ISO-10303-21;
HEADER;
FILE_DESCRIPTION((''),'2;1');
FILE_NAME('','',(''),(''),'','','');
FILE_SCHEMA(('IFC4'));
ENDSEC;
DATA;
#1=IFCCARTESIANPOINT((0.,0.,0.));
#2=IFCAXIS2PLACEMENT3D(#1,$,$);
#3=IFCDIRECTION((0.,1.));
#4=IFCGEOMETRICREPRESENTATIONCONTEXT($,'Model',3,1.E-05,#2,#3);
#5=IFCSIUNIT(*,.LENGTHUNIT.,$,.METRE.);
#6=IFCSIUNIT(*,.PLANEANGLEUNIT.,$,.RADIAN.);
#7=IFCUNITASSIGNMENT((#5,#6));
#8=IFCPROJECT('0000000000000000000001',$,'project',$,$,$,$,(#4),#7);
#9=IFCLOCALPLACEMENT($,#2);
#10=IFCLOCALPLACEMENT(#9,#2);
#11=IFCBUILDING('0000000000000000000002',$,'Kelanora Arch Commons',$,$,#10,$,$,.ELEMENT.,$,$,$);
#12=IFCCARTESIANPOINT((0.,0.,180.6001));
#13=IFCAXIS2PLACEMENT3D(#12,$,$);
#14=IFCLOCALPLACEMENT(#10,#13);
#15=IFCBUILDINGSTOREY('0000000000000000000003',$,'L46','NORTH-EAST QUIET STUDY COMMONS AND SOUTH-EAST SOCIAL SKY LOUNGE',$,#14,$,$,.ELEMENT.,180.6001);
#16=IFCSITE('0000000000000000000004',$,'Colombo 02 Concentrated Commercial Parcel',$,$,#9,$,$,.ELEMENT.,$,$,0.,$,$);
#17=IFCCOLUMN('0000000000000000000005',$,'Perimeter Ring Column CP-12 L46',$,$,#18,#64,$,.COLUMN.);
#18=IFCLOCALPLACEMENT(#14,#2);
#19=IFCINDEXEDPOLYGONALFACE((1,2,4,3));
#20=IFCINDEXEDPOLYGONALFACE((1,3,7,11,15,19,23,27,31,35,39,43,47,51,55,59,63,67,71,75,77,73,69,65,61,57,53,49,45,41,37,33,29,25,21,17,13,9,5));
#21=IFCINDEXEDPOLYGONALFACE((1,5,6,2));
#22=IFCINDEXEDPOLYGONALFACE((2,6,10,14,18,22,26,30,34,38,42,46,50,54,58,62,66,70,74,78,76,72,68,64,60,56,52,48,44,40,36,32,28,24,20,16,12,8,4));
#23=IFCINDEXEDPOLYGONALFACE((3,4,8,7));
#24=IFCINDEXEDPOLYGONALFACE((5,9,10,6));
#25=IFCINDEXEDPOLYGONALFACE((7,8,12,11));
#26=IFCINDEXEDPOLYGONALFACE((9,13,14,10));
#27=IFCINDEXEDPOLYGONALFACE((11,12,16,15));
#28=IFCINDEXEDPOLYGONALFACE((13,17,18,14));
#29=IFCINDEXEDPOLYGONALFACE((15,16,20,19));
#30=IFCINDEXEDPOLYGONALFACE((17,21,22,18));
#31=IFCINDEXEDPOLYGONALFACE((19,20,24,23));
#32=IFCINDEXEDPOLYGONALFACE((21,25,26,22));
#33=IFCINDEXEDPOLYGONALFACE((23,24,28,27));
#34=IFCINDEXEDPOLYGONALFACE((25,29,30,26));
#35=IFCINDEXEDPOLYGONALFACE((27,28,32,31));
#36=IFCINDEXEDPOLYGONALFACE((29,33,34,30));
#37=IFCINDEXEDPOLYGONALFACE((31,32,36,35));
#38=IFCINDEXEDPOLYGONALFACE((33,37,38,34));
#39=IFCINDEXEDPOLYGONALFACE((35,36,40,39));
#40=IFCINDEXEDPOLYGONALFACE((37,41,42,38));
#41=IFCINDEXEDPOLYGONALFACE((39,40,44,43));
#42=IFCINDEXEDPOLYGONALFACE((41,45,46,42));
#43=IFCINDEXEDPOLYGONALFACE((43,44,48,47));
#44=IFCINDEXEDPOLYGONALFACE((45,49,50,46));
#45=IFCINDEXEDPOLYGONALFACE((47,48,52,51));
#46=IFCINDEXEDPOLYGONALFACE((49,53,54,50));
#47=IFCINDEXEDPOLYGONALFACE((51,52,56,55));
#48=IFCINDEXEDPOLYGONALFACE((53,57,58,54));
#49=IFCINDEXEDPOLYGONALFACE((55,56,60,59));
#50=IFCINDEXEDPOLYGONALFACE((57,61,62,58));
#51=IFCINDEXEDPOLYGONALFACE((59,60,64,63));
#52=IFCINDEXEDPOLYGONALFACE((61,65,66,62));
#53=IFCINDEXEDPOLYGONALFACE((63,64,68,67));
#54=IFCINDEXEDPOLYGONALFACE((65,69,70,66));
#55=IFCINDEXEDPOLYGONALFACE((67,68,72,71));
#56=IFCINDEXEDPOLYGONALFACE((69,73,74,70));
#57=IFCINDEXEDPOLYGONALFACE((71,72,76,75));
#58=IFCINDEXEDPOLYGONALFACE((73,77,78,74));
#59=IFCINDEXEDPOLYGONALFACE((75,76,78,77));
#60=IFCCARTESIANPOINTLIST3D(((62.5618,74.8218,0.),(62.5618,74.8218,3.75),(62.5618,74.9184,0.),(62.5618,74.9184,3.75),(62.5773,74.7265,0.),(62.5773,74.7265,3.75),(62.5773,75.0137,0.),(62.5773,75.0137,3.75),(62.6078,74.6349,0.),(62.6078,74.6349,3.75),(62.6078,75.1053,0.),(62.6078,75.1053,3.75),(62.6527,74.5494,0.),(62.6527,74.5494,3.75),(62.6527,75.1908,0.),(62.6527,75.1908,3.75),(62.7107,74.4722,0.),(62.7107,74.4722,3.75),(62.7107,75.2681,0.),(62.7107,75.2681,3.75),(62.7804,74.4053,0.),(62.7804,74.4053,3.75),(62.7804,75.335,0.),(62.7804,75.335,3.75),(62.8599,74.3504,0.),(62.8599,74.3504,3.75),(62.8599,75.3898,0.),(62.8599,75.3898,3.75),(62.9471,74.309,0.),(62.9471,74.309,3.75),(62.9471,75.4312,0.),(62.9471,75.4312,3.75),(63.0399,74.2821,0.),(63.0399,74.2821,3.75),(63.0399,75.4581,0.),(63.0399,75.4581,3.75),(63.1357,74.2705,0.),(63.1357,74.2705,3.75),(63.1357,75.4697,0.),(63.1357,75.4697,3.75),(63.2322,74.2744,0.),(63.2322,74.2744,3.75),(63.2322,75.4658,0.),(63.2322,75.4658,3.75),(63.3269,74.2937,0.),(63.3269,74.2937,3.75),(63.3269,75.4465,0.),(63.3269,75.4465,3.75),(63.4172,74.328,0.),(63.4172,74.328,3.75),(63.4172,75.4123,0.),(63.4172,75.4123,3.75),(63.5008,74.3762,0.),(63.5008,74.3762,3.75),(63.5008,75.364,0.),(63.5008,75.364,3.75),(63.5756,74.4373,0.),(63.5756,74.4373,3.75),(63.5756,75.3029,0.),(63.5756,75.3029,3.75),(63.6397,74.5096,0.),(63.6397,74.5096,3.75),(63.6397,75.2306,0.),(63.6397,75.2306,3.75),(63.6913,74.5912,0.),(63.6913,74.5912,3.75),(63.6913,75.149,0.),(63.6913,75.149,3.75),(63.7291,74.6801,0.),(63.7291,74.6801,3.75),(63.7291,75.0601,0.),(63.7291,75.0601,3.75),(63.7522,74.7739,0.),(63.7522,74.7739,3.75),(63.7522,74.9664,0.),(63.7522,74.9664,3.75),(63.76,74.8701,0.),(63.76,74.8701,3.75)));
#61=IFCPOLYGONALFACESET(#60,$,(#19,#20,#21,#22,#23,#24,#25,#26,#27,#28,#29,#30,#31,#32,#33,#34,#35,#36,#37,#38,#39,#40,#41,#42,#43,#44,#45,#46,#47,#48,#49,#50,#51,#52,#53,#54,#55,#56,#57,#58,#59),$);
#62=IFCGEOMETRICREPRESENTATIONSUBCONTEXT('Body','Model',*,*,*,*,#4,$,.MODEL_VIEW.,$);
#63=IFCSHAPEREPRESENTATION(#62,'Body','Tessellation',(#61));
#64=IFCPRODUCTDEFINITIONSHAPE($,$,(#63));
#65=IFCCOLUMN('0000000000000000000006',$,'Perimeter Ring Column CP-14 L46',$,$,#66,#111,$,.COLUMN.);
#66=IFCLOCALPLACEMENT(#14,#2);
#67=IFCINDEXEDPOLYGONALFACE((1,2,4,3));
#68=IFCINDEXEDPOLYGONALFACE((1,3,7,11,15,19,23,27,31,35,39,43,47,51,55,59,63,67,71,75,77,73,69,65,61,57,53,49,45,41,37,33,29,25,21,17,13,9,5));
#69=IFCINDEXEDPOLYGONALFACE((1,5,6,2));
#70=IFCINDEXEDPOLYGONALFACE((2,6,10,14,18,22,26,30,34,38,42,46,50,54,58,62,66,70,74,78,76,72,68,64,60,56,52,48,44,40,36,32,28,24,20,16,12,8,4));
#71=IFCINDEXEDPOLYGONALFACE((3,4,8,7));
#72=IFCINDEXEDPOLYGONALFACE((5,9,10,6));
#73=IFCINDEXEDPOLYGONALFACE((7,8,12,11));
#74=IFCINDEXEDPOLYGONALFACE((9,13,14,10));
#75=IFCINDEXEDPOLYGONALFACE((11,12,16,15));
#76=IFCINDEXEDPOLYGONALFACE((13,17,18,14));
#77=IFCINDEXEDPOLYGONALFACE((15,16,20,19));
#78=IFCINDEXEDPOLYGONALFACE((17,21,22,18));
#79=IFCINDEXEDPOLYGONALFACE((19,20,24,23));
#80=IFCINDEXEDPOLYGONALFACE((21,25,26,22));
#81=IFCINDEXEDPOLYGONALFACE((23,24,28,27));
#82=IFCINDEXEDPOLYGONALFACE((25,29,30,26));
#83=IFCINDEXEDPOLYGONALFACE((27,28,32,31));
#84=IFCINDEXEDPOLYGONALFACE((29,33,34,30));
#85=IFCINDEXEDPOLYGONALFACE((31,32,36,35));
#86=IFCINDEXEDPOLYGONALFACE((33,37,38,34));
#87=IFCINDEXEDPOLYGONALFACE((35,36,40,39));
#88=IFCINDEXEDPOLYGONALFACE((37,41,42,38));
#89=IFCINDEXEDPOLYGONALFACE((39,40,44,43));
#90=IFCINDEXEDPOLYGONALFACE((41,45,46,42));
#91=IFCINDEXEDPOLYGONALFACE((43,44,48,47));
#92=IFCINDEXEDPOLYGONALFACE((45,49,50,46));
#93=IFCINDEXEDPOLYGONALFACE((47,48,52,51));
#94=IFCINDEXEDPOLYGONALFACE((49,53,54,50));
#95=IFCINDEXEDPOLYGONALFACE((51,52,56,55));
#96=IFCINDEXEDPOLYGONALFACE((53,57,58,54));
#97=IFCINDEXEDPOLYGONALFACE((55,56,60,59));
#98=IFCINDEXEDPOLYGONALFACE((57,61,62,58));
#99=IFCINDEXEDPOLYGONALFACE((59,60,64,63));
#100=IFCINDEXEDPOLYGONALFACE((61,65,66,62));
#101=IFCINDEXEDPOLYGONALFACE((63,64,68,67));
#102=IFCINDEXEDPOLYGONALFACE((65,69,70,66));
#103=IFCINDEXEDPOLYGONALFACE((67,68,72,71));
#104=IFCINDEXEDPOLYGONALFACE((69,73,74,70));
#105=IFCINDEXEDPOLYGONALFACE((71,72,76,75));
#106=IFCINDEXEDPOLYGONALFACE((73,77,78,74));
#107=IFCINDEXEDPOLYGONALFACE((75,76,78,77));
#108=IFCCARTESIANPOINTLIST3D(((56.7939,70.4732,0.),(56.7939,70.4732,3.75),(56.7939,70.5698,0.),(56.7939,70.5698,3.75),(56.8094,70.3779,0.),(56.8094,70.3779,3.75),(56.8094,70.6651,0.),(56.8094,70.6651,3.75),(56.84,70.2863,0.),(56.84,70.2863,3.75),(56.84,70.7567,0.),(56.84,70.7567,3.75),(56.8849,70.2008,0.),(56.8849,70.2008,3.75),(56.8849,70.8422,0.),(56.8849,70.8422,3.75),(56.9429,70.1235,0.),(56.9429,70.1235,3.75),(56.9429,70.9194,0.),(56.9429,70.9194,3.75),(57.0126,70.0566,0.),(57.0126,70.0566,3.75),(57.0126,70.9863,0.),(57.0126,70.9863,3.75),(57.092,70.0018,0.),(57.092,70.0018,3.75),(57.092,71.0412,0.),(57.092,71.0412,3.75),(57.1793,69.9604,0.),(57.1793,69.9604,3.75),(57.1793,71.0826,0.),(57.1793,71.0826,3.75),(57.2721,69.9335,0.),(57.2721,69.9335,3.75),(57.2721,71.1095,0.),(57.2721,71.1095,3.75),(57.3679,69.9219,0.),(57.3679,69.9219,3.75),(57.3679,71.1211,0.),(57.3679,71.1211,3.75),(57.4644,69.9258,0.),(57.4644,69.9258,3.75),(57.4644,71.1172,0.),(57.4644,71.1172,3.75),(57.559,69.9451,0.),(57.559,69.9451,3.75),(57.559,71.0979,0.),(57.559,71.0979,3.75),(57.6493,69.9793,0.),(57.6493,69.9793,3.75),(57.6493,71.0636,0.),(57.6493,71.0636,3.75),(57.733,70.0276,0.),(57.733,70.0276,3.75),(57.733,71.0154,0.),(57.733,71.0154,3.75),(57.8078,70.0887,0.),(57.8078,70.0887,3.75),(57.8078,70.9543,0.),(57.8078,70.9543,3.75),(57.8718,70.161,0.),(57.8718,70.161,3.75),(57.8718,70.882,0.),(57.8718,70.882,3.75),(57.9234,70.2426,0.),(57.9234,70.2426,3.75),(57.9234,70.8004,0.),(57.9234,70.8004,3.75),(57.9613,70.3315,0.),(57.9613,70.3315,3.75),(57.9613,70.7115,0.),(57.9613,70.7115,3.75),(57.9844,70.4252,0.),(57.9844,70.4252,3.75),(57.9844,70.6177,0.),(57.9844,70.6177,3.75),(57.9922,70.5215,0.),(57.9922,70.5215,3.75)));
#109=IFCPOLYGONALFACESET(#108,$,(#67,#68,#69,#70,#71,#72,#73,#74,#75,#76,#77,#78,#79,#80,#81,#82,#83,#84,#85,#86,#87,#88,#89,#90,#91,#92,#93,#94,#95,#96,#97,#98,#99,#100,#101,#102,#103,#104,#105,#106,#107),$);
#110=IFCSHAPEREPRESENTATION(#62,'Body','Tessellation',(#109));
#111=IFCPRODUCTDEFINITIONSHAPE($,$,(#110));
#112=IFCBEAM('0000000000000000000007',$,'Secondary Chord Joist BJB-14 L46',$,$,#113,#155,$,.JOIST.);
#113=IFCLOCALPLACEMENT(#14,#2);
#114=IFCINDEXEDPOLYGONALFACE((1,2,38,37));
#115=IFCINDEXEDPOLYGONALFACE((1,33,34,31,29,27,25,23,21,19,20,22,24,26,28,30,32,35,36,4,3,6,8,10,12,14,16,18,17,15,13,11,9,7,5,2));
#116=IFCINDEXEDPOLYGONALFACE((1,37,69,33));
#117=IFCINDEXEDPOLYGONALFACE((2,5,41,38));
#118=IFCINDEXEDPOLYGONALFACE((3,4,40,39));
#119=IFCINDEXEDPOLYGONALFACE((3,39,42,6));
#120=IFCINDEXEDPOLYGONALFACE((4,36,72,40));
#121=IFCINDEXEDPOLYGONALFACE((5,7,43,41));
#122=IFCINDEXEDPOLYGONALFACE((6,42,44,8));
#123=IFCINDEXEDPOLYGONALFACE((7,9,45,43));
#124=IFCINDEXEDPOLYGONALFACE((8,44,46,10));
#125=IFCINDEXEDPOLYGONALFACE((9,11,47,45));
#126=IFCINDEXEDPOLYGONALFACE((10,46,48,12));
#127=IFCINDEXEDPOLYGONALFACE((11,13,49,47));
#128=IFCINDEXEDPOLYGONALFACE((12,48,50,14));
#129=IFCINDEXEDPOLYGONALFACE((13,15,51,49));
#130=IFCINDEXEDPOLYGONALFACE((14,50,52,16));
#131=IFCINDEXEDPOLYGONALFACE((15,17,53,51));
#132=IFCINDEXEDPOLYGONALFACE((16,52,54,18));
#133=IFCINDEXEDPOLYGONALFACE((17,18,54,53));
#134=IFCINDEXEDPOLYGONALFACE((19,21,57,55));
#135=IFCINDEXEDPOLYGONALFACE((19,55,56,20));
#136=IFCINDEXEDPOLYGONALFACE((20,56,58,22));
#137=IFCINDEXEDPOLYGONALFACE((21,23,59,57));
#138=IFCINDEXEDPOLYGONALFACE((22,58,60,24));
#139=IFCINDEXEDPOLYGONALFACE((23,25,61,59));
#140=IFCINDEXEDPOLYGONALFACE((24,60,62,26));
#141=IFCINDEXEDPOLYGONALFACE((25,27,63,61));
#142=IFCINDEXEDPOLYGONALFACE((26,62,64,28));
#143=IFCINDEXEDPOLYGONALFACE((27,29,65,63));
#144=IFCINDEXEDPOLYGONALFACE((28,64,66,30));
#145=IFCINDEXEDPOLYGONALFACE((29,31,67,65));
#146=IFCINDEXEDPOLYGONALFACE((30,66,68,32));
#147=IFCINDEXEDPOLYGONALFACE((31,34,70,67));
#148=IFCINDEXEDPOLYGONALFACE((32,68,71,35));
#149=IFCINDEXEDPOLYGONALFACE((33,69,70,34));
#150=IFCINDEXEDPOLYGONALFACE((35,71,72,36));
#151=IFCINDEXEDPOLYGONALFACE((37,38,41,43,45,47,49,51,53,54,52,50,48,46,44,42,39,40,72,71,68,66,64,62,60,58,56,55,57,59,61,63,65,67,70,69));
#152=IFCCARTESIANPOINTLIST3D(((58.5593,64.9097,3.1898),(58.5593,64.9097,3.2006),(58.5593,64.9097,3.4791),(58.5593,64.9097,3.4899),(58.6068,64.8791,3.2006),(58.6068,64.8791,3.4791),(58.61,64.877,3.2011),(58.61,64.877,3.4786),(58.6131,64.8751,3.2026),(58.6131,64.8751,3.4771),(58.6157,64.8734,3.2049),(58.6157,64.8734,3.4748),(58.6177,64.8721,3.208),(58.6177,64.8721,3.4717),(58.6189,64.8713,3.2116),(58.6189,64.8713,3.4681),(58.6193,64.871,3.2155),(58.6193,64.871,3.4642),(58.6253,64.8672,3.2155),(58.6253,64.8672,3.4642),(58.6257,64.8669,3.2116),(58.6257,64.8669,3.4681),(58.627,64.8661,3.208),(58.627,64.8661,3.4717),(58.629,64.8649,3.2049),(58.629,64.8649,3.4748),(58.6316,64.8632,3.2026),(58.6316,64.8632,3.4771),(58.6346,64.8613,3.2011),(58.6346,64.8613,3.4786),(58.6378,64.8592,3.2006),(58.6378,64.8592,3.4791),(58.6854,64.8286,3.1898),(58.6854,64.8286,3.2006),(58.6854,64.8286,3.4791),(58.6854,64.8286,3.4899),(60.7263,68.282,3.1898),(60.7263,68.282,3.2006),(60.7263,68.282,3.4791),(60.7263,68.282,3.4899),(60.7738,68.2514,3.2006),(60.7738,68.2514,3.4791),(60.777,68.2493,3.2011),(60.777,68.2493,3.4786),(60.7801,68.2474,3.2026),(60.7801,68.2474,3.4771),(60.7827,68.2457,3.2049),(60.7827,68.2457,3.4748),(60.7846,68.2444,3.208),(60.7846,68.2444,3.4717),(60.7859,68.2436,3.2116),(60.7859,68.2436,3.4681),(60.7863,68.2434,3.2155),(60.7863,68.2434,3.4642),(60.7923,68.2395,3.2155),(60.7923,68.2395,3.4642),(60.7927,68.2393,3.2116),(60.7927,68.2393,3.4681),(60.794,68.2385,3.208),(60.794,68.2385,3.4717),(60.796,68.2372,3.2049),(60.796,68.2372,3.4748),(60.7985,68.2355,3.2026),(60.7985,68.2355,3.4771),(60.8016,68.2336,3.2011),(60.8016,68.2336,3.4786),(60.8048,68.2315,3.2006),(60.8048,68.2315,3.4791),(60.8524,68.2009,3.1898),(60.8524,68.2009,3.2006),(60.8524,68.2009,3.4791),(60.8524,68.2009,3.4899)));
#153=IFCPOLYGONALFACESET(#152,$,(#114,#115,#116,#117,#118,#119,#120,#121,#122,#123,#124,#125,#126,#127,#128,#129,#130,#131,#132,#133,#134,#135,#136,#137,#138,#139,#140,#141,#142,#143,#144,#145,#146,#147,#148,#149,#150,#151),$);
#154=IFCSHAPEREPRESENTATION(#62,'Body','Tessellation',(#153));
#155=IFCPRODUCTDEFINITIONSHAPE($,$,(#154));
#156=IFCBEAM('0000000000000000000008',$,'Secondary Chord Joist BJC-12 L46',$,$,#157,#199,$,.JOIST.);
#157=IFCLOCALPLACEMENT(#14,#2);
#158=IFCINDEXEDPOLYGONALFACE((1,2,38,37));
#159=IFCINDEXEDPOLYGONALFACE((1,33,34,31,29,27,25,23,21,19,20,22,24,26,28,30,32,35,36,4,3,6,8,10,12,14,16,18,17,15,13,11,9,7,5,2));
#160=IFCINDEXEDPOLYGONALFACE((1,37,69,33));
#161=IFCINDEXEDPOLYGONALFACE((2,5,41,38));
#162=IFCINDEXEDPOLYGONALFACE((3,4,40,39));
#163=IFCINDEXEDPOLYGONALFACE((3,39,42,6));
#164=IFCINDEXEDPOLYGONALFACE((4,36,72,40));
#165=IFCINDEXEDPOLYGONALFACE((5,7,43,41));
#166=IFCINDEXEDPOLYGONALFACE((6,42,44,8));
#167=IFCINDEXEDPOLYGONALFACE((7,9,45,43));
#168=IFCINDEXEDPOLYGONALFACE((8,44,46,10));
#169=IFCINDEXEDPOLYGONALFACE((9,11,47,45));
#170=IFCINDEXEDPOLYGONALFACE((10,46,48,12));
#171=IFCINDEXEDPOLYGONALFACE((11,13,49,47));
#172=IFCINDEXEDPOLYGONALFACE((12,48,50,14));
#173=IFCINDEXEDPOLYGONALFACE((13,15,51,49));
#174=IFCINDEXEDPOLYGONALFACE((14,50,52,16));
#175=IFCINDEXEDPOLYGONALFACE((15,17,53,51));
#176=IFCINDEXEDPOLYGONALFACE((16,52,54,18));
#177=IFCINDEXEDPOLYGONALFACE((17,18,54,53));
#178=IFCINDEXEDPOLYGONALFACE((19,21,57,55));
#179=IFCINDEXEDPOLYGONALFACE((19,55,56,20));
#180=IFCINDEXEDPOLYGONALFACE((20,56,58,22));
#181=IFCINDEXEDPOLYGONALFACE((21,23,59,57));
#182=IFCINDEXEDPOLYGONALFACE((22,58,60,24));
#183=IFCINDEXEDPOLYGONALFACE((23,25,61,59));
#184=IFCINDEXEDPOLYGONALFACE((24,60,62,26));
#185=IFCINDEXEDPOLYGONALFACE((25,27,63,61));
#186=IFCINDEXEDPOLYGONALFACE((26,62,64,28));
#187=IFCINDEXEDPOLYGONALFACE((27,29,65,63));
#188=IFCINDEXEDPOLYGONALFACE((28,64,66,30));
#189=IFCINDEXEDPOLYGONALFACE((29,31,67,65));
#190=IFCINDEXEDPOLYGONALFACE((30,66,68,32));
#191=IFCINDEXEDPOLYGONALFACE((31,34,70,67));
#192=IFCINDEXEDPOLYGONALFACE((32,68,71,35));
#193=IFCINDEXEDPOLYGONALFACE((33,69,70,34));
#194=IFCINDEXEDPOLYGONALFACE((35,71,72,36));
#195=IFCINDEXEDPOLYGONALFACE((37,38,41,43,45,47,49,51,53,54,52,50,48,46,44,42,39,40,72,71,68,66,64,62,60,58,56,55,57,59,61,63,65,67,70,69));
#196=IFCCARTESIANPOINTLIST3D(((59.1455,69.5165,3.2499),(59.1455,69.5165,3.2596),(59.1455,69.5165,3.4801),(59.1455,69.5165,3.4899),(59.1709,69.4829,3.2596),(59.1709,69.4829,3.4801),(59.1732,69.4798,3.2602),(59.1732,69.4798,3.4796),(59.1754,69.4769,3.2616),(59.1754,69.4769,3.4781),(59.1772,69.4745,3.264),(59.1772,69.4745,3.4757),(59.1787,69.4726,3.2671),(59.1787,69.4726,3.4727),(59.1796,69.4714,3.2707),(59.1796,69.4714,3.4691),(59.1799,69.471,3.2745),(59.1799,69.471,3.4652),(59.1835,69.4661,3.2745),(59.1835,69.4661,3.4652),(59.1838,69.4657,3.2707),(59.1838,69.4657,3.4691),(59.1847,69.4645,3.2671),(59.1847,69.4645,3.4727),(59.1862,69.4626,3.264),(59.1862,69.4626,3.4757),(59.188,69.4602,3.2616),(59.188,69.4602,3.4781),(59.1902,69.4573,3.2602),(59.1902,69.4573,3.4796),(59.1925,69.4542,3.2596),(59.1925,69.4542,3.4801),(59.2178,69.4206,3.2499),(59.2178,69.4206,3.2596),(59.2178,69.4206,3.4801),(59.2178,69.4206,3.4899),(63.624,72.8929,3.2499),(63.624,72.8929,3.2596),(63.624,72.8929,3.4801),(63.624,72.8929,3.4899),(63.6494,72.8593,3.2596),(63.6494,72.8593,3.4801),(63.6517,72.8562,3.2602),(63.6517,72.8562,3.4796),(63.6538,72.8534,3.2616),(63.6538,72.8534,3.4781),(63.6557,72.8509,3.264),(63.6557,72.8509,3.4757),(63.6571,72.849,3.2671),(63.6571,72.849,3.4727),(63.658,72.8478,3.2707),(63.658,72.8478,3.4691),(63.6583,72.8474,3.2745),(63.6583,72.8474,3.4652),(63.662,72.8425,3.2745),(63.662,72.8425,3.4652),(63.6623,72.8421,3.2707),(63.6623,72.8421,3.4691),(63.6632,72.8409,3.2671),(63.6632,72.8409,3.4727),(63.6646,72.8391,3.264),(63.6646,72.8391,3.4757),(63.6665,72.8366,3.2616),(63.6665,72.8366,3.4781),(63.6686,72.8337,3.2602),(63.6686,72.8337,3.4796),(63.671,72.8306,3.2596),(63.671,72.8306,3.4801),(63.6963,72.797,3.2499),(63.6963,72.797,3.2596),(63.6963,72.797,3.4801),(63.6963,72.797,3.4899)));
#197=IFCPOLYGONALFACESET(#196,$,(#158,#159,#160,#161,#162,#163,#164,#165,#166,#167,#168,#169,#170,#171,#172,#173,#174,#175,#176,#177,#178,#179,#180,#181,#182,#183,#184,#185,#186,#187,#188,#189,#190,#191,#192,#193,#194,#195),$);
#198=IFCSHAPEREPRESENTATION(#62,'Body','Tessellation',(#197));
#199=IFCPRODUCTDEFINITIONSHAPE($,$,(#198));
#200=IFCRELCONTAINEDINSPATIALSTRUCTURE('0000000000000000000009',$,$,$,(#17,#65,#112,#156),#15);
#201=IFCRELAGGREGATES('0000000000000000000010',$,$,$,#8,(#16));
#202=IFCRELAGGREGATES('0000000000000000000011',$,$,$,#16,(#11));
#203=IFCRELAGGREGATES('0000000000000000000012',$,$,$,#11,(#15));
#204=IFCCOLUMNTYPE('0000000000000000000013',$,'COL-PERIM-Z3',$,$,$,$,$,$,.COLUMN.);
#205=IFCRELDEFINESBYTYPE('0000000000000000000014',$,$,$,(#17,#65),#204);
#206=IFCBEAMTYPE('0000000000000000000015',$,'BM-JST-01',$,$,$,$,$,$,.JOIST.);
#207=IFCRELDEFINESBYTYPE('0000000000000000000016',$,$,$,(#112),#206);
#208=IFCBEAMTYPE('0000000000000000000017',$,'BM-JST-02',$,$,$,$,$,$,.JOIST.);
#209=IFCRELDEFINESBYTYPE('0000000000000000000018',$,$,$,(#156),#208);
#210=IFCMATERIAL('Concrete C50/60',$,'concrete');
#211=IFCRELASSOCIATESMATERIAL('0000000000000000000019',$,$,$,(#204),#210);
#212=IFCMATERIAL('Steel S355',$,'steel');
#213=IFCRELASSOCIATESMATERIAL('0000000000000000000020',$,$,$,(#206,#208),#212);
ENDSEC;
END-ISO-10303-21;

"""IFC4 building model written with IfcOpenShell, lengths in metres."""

from ifc_helpers import new_model, si_unit, direction, frame, origin, origin_2d, place, context, subcontext, project, spatial, circle, i_section, extrude, material, material_profile, profile_set, type_object, element, save


model = new_model("IFC4")

# Units and contexts
model_context = context("Model", 3, precision=1e-05, world=origin(), true_north=direction((0.0, 1.0)))
body_context = subcontext(model_context, "Body", "Model", "MODEL_VIEW")
ifc_project = project(units=[si_unit("LENGTHUNIT", "METRE"), si_unit("PLANEANGLEUNIT", "RADIAN")], contexts=[model_context])

# Site, building, storey
site_placement = place(None, origin())
site = spatial("IfcSite", under=ifc_project, at=site_placement, Name="Colombo 02 Concentrated Commercial Parcel", CompositionType="ELEMENT", RefElevation=0.0)
building_placement = place(site_placement, origin())
building = spatial("IfcBuilding", under=site, at=building_placement, Name="Kelanora Arch Commons", CompositionType="ELEMENT")
storey_placement = place(building_placement, frame((0.0, 0.0, 180.6001)))
storey = spatial("IfcBuildingStorey", under=building, at=storey_placement, Name="L46", Description="NORTH-EAST QUIET STUDY COMMONS AND SOUTH-EAST SOCIAL SKY LOUNGE", CompositionType="ELEMENT", Elevation=180.6001)

# Columns
ifc_material_1 = material(Name="Concrete C50/60", Category="concrete")
ifc_material_profile_1 = material_profile(ifc_material_1, circle(Radius=0.6001, at=origin_2d()), Name="RCC1200")
ifc_profile_set_1 = profile_set([ifc_material_profile_1], Name="Concrete C50/60")
column_type = type_object("IfcColumnType", Name="COL-PERIM-Z3", PredefinedType="COLUMN", material=ifc_profile_set_1)
for number, where, z_axis, x_axis, name in (
    (1, (63.1599, 74.8701, 0.0), (0.0, 0.0, 1.0), (1.0, 0.0, 0.0), "Perimeter Ring Column CP-12 L46"),
    (2, (57.3921, 70.5215, 0.0), (0.0, 0.0, 1.0), (1.0, 0.0, 0.0), "Perimeter Ring Column CP-14 L46"),
):
    element("IfcColumn", number, at=place(storey_placement, frame(where, z_axis=z_axis, x_axis=x_axis)), inside=storey, type_object=column_type, Name=name, PredefinedType="COLUMN", context=body_context, shape_type="SweptSolid", body=[
        extrude(circle(Radius=0.6001, at=origin_2d()), origin(), (0.0, 0.0, 1.0), 3.75),
    ])

# Beams
ifc_material_2 = material(Name="Steel S355", Category="steel")
ifc_material_profile_2 = material_profile(ifc_material_2, i_section(OverallWidth=0.1499, OverallDepth=0.3, WebThickness=0.0071, FlangeThickness=0.0107, FilletRadius=0.0149, at=origin_2d()), Name="IPE300")
ifc_profile_set_2 = profile_set([ifc_material_profile_2], Name="Steel S355")
beam_type_1 = type_object("IfcBeamType", Name="BM-JST-01", PredefinedType="JOIST", material=ifc_profile_set_2)
beam_1_placement = place(storey_placement, frame((60.7893, 68.2415, 3.3398), z_axis=(-0.540594, -0.841283, 0.0), x_axis=(0.841283, -0.540594, 0.0)))
element("IfcBeam", 3, at=beam_1_placement, inside=storey, type_object=beam_type_1, Name="Secondary Chord Joist BJB-14 L46", PredefinedType="JOIST", context=body_context, shape_type="SweptSolid", body=[
    extrude(i_section(OverallWidth=0.1499, OverallDepth=0.3, WebThickness=0.0071, FlangeThickness=0.0107, FilletRadius=0.0149, at=origin_2d()), origin(), (0.0, 0.0, 1.0), 4.0085),
])
ifc_material_profile_3 = material_profile(ifc_material_2, i_section(OverallWidth=0.1201, OverallDepth=0.24, WebThickness=0.0061, FlangeThickness=0.0098, FilletRadius=0.0149, at=origin_2d()), Name="IPE240")
ifc_profile_set_3 = profile_set([ifc_material_profile_3], Name="Steel S355")
beam_type_2 = type_object("IfcBeamType", Name="BM-JST-02", PredefinedType="JOIST", material=ifc_profile_set_3)
beam_2_placement = place(storey_placement, frame((63.6602, 72.845, 3.3699), z_axis=(-0.798493, -0.602004, 0.0), x_axis=(0.602004, -0.798493, 0.0)))
element("IfcBeam", 4, at=beam_2_placement, inside=storey, type_object=beam_type_2, Name="Secondary Chord Joist BJC-12 L46", PredefinedType="JOIST", context=body_context, shape_type="SweptSolid", body=[
    extrude(i_section(OverallWidth=0.1201, OverallDepth=0.24, WebThickness=0.0061, FlangeThickness=0.0098, FilletRadius=0.0149, at=origin_2d()), origin(), (0.0, 0.0, 1.0), 5.6086),
])

save(model, "model.ifc")
